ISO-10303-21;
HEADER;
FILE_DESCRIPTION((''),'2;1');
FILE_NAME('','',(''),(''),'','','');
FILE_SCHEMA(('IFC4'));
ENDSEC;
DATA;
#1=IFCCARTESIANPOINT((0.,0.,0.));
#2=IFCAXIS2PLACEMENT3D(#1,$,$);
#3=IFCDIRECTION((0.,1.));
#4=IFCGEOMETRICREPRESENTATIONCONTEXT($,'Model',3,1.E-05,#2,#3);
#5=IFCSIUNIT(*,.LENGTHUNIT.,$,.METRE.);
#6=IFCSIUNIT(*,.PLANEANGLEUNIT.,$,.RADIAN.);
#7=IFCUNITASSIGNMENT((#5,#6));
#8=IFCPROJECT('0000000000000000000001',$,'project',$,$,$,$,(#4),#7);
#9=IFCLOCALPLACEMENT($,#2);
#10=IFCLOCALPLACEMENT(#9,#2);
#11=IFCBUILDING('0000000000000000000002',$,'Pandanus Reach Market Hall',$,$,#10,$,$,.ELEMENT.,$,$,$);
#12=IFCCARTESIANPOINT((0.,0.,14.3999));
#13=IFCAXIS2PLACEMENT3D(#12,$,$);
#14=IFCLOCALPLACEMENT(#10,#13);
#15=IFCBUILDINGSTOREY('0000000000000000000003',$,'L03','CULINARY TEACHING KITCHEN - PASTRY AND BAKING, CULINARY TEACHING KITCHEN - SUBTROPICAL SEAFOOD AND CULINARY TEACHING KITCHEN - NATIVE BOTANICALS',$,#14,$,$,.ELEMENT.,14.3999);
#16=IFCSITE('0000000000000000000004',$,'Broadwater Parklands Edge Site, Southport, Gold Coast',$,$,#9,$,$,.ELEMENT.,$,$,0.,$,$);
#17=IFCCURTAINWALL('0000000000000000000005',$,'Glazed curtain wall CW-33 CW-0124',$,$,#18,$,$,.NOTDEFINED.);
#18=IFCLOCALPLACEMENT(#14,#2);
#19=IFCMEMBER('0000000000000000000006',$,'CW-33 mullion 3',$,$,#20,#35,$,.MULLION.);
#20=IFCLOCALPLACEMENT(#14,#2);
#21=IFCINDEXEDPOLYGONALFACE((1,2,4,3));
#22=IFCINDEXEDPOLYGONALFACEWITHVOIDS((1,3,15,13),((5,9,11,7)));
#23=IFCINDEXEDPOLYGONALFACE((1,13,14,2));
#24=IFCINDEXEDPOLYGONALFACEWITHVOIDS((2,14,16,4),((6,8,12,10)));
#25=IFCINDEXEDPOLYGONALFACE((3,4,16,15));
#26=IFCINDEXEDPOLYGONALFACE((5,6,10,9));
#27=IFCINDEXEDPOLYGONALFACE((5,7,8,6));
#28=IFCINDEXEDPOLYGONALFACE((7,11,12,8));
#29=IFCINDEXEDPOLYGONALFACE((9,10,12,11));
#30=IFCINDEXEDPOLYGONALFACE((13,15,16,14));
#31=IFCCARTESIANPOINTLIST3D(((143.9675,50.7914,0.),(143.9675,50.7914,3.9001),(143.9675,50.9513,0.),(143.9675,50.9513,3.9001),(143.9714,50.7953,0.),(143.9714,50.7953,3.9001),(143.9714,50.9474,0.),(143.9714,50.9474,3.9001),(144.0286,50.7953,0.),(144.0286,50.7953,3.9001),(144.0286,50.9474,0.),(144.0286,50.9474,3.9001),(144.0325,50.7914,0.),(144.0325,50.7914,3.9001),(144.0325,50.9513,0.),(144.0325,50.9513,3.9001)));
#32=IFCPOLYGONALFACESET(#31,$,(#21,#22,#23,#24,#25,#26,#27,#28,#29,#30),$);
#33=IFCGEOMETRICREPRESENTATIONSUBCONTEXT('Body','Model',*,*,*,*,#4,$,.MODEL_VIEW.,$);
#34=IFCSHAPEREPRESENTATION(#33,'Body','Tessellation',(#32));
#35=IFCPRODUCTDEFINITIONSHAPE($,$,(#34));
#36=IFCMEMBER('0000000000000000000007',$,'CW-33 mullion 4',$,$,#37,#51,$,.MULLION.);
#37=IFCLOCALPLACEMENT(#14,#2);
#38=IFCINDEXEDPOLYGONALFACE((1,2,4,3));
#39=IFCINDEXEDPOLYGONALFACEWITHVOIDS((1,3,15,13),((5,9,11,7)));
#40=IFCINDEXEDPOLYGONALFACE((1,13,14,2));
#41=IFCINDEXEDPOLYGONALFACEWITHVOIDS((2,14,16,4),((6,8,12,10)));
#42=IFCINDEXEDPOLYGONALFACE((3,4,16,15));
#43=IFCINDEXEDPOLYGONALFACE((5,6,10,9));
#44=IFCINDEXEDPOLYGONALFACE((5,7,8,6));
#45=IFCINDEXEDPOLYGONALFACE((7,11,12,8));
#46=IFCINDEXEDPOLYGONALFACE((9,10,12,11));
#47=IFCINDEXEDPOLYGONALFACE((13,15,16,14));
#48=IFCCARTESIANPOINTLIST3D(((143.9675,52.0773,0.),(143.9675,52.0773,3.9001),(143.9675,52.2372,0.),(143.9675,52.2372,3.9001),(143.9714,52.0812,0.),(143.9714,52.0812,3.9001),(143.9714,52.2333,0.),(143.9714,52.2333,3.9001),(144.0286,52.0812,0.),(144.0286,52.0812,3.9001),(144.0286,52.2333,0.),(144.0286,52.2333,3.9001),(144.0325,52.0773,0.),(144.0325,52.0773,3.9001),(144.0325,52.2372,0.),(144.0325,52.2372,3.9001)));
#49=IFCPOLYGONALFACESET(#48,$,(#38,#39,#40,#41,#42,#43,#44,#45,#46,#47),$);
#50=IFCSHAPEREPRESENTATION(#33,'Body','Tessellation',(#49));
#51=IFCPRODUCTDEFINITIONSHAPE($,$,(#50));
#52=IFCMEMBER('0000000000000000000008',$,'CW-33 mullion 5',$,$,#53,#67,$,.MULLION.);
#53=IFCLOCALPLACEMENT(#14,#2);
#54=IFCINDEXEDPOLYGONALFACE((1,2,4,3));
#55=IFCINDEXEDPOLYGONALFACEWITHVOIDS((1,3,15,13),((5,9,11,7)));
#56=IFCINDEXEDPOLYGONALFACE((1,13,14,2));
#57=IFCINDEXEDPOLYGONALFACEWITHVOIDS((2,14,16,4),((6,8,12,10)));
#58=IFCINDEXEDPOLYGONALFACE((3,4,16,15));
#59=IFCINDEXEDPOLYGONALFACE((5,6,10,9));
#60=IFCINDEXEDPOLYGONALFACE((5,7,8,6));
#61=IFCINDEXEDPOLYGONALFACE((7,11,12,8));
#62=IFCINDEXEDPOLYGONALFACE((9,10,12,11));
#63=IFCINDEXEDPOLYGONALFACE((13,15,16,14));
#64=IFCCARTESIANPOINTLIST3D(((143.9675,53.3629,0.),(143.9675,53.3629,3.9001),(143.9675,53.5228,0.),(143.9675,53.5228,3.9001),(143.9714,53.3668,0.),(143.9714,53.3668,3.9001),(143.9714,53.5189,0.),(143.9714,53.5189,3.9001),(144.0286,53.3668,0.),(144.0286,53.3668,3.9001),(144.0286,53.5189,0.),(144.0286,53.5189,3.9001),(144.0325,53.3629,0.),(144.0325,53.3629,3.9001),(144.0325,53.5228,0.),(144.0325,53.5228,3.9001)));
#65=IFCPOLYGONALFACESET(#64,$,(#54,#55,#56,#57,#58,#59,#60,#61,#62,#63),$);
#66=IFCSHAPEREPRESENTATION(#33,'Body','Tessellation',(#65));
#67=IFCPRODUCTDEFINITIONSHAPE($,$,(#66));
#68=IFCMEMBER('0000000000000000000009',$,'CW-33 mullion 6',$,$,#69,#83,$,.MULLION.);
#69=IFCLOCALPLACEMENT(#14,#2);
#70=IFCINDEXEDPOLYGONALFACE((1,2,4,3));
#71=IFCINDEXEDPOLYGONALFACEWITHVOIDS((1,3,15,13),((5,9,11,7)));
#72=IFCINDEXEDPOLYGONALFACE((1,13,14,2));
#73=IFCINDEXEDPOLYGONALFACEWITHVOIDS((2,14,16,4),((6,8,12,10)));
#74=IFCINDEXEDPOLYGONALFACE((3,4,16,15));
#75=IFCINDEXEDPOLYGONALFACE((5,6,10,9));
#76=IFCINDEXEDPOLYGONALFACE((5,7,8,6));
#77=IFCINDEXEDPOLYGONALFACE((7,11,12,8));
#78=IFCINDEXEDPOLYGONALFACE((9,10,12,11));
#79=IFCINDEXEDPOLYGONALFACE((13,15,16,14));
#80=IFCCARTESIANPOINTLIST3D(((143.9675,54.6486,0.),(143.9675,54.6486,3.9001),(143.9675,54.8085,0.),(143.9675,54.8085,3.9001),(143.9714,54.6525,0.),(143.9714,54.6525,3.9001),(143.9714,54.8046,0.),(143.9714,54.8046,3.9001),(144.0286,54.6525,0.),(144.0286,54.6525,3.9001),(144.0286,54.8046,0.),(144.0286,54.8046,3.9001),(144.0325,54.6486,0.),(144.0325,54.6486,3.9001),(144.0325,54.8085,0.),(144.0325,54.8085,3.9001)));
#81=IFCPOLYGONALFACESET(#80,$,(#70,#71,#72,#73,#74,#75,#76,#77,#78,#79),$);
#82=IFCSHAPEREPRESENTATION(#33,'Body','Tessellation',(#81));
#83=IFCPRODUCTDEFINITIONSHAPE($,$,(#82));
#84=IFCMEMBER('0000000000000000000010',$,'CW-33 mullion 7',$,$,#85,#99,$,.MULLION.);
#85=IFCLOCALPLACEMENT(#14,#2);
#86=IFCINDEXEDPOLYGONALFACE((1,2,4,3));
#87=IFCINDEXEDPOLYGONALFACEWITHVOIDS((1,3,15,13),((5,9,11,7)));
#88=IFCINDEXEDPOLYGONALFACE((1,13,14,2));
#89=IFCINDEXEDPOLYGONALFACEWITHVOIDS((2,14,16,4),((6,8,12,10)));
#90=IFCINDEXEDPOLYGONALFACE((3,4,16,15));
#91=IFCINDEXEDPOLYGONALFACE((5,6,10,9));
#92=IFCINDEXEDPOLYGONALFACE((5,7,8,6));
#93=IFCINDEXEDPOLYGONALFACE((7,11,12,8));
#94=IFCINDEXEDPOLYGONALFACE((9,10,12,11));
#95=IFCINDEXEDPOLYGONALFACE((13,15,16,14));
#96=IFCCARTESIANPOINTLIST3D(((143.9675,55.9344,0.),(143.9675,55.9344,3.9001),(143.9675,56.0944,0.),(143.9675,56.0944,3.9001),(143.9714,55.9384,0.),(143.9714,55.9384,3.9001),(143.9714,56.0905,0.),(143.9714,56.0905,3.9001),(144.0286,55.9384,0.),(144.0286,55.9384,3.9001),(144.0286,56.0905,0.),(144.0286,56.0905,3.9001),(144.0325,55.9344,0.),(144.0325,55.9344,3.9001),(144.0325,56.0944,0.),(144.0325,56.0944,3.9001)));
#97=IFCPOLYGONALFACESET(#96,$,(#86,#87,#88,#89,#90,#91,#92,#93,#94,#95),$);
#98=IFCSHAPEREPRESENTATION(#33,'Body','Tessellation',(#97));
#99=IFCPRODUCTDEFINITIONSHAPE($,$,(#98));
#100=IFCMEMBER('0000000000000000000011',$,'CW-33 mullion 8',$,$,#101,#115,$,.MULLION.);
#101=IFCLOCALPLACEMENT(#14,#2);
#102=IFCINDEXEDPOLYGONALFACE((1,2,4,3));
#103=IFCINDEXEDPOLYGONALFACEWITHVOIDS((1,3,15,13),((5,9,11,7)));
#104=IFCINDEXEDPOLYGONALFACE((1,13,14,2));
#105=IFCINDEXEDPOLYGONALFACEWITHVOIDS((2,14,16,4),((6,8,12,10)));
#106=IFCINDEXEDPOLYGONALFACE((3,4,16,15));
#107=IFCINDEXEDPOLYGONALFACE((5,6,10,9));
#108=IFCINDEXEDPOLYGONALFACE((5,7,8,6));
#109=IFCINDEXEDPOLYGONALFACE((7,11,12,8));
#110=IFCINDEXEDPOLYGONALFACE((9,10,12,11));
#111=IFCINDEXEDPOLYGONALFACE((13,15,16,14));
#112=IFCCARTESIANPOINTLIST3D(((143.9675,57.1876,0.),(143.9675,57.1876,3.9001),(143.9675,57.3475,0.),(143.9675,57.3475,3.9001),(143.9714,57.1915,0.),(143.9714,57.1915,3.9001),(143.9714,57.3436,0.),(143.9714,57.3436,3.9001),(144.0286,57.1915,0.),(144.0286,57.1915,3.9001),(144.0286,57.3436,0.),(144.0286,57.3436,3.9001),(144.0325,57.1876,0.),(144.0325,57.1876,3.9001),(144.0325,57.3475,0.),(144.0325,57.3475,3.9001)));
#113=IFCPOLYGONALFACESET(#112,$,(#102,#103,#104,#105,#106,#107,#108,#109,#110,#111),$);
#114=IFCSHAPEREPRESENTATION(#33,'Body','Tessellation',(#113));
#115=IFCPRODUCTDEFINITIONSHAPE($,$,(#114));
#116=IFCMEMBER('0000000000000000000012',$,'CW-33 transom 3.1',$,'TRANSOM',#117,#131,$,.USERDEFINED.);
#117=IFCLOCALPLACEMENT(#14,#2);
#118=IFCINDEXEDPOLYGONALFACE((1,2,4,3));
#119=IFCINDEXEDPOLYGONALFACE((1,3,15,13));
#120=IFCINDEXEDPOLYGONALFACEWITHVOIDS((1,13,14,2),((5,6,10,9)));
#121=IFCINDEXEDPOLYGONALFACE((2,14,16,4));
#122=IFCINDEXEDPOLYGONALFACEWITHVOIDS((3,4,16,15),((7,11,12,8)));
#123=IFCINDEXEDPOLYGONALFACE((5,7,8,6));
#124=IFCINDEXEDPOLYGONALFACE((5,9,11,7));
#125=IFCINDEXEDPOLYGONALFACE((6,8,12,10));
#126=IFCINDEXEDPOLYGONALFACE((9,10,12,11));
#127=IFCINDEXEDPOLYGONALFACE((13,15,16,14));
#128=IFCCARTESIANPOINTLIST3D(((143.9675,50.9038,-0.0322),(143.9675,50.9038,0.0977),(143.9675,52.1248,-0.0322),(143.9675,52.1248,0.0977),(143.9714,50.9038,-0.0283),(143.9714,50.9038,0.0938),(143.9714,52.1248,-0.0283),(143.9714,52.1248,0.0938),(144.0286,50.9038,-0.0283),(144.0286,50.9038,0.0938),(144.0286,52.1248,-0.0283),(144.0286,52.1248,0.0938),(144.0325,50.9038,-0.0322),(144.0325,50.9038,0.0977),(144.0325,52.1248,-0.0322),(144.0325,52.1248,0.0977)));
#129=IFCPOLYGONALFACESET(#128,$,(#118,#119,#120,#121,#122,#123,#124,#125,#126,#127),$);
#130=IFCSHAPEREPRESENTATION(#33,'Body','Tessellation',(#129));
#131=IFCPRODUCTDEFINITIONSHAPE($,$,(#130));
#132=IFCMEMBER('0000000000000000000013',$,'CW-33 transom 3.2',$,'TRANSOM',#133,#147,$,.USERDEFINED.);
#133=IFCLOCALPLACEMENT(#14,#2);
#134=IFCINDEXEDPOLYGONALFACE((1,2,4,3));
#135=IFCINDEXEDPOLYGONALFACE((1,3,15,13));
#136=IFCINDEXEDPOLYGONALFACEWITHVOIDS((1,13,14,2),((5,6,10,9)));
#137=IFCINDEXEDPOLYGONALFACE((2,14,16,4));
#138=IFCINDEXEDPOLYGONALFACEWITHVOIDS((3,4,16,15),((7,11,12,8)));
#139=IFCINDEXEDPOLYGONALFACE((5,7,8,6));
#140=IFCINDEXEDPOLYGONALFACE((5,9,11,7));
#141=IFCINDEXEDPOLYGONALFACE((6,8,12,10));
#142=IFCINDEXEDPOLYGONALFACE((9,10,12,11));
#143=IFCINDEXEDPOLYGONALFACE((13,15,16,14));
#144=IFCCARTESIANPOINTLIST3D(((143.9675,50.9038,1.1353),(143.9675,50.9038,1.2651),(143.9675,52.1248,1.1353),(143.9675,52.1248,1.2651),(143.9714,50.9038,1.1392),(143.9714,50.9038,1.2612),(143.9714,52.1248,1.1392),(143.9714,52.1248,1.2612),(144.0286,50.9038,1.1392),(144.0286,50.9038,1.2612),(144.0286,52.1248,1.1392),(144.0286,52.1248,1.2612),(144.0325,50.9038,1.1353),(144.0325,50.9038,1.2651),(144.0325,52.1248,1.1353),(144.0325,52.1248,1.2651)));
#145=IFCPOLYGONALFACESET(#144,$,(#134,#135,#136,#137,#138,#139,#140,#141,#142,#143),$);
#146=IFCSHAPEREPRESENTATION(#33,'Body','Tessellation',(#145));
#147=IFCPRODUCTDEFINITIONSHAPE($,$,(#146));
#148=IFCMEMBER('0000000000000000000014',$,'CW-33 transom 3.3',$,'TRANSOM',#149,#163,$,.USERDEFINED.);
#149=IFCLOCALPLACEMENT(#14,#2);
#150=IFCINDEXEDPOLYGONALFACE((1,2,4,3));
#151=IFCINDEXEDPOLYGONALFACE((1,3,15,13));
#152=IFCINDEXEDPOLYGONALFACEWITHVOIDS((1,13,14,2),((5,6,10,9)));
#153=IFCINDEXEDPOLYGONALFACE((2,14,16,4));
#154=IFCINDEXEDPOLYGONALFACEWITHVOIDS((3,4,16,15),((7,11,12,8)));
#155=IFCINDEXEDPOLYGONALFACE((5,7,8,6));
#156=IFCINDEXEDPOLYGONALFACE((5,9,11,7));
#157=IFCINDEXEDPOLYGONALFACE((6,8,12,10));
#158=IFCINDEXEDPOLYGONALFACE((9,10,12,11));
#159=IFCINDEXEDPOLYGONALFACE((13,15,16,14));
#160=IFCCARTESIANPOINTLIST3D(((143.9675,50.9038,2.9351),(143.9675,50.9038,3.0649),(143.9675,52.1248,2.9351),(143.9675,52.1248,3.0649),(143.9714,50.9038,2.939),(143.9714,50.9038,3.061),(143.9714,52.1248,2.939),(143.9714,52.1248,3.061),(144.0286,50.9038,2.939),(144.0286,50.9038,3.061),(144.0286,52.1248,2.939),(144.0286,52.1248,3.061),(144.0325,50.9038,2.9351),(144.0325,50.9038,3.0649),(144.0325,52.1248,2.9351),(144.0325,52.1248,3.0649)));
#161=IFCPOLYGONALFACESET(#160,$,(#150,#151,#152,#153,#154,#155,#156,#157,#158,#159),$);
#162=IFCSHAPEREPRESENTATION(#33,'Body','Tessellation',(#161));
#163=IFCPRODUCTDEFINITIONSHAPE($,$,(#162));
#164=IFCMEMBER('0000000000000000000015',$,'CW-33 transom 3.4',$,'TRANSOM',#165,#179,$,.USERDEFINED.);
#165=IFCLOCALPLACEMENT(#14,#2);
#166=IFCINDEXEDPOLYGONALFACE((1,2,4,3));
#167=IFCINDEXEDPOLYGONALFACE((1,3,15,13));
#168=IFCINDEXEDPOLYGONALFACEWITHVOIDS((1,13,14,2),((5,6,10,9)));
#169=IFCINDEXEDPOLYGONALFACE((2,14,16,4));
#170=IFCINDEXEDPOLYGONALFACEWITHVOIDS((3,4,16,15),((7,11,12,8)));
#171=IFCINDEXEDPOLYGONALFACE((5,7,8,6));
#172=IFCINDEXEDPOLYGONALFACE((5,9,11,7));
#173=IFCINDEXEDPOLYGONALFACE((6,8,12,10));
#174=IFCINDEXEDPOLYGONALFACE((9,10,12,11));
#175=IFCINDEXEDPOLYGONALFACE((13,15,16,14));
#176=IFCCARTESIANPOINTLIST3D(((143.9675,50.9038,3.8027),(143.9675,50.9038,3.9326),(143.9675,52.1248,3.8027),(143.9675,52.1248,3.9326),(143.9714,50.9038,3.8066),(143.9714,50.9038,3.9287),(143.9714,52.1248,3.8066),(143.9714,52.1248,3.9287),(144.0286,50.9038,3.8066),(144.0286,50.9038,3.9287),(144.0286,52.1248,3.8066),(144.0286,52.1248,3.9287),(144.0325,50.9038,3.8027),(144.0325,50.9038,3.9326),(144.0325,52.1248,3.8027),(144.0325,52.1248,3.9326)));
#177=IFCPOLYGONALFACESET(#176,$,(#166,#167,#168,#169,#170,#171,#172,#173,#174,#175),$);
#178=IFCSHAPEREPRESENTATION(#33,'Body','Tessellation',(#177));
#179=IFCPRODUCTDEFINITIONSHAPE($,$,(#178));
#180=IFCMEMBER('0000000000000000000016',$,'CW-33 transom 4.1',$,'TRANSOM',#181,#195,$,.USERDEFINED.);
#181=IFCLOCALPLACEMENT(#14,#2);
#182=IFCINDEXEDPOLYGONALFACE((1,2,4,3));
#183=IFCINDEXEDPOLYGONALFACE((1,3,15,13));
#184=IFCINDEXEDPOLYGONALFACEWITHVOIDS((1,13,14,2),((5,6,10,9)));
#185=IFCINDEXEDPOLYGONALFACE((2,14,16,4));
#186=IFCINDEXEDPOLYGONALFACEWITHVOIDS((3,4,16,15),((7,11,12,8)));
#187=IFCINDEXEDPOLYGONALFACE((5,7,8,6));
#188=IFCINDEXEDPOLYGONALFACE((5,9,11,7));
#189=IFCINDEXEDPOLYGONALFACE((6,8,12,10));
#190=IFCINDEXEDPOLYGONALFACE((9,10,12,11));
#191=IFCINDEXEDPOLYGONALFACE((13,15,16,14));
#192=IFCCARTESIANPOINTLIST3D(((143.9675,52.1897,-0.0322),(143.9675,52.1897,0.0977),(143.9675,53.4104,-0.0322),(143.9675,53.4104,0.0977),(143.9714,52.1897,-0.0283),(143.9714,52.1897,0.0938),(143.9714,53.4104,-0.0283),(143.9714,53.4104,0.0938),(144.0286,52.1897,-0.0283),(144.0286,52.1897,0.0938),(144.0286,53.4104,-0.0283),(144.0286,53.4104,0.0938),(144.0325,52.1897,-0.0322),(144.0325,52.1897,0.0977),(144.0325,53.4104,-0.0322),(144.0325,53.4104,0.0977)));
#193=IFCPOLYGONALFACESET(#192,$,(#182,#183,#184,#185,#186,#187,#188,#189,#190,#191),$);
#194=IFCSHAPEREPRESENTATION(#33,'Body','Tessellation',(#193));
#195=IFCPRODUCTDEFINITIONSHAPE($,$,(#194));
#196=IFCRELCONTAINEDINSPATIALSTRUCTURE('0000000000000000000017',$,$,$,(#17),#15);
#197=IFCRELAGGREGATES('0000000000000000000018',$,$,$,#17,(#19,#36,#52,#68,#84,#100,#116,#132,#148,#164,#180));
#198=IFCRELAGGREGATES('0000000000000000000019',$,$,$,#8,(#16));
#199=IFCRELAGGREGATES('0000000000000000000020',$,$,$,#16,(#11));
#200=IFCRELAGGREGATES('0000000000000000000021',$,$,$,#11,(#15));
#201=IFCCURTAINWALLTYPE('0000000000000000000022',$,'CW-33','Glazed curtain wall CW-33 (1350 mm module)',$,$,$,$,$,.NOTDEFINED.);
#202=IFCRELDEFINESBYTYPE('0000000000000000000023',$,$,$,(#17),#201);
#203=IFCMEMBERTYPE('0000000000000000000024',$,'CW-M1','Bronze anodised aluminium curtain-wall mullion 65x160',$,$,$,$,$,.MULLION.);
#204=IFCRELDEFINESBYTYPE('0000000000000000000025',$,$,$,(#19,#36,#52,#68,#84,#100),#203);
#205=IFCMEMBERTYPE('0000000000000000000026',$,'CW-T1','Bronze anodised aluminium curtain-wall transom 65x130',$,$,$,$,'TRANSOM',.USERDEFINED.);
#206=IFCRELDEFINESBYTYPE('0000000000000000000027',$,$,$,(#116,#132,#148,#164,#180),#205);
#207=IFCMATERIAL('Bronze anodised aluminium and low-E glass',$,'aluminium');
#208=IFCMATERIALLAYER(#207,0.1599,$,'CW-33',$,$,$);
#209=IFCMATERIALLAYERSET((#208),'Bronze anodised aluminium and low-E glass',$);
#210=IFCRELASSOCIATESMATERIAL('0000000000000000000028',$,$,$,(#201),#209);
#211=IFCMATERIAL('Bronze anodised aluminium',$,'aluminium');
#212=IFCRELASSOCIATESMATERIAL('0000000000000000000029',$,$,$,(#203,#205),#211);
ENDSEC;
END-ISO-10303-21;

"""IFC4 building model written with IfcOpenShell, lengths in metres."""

from ifc_helpers import new_model, si_unit, direction, frame, origin, origin_2d, place, context, subcontext, project, spatial, hollow_rectangle, extrude, material, layer, layer_set, material_profile, profile_set, type_object, element, aggregate, save


model = new_model("IFC4")

# Units and contexts
model_context = context("Model", 3, precision=1e-05, world=origin(), true_north=direction((0.0, 1.0)))
body_context = subcontext(model_context, "Body", "Model", "MODEL_VIEW")
ifc_project = project(units=[si_unit("LENGTHUNIT", "METRE"), si_unit("PLANEANGLEUNIT", "RADIAN")], contexts=[model_context])

# Site, building, storey
site_placement = place(None, origin())
site = spatial("IfcSite", under=ifc_project, at=site_placement, Name="Broadwater Parklands Edge Site, Southport, Gold Coast", CompositionType="ELEMENT", RefElevation=0.0)
building_placement = place(site_placement, origin())
building = spatial("IfcBuilding", under=site, at=building_placement, Name="Pandanus Reach Market Hall", CompositionType="ELEMENT")
storey_placement = place(building_placement, frame((0.0, 0.0, 14.3999)))
storey = spatial("IfcBuildingStorey", under=building, at=storey_placement, Name="L03", Description="CULINARY TEACHING KITCHEN - PASTRY AND BAKING, CULINARY TEACHING KITCHEN - SUBTROPICAL SEAFOOD AND CULINARY TEACHING KITCHEN - NATIVE BOTANICALS", CompositionType="ELEMENT", Elevation=14.3999)

# Curtain wall, members
ifc_material_1 = material(Name="Bronze anodised aluminium and low-E glass", Category="aluminium")
ifc_layer_1 = layer(ifc_material_1, 0.1599, Name="CW-33")
ifc_layer_set_1 = layer_set([ifc_layer_1], Name="Bronze anodised aluminium and low-E glass")
curtain_wall_type = type_object("IfcCurtainWallType", Name="CW-33", Description="Glazed curtain wall CW-33 (1350 mm module)", PredefinedType="NOTDEFINED", material=ifc_layer_set_1)
curtain_wall_placement = place(storey_placement, origin())
curtain_wall = element("IfcCurtainWall", 1, at=curtain_wall_placement, inside=storey, type_object=curtain_wall_type, Name="Glazed curtain wall CW-33 CW-0124", PredefinedType="NOTDEFINED")
ifc_material_2 = material(Name="Bronze anodised aluminium", Category="aluminium")
ifc_material_profile_1 = material_profile(ifc_material_2, hollow_rectangle(XDim=0.0649, YDim=0.1599, WallThickness=0.0039, at=origin_2d()), Name="ALU65x160", Category="LoadBearing")
ifc_profile_set_1 = profile_set([ifc_material_profile_1], Name="Bronze anodised aluminium")
member_type_1 = type_object("IfcMemberType", Name="CW-M1", Description="Bronze anodised aluminium curtain-wall mullion 65x160", PredefinedType="MULLION", material=ifc_profile_set_1)
member_1_placement = place(storey_placement, frame((144.0, 50.8713, 0.0), z_axis=(0.0, 0.0, 1.0), x_axis=(-1.0, 0.0, 0.0)))
member_1 = element("IfcMember", 2, at=member_1_placement, type_object=member_type_1, Name="CW-33 mullion 3", PredefinedType="MULLION", context=body_context, shape_type="SweptSolid", body=[
    extrude(hollow_rectangle(XDim=0.0649, YDim=0.1599, WallThickness=0.0039, at=origin_2d()), origin(), (0.0, 0.0, 1.0), 3.9001),
])
member_2_placement = place(storey_placement, frame((144.0, 52.1572, 0.0), z_axis=(0.0, 0.0, 1.0), x_axis=(-1.0, 0.0, 0.0)))
member_2 = element("IfcMember", 3, at=member_2_placement, type_object=member_type_1, Name="CW-33 mullion 4", PredefinedType="MULLION", context=body_context, shape_type="SweptSolid", body=[
    extrude(hollow_rectangle(XDim=0.0649, YDim=0.1599, WallThickness=0.0039, at=origin_2d()), origin(), (0.0, 0.0, 1.0), 3.9001),
])
member_3_placement = place(storey_placement, frame((144.0, 53.4429, 0.0), z_axis=(0.0, 0.0, 1.0), x_axis=(-1.0, 0.0, 0.0)))
member_3 = element("IfcMember", 4, at=member_3_placement, type_object=member_type_1, Name="CW-33 mullion 5", PredefinedType="MULLION", context=body_context, shape_type="SweptSolid", body=[
    extrude(hollow_rectangle(XDim=0.0649, YDim=0.1599, WallThickness=0.0039, at=origin_2d()), origin(), (0.0, 0.0, 1.0), 3.9001),
])
member_4_placement = place(storey_placement, frame((144.0, 54.7285, 0.0), z_axis=(0.0, 0.0, 1.0), x_axis=(-1.0, 0.0, 0.0)))
member_4 = element("IfcMember", 5, at=member_4_placement, type_object=member_type_1, Name="CW-33 mullion 6", PredefinedType="MULLION", context=body_context, shape_type="SweptSolid", body=[
    extrude(hollow_rectangle(XDim=0.0649, YDim=0.1599, WallThickness=0.0039, at=origin_2d()), origin(), (0.0, 0.0, 1.0), 3.9001),
])
member_5_placement = place(storey_placement, frame((144.0, 56.0144, 0.0), z_axis=(0.0, 0.0, 1.0), x_axis=(-1.0, 0.0, 0.0)))
member_5 = element("IfcMember", 6, at=member_5_placement, type_object=member_type_1, Name="CW-33 mullion 7", PredefinedType="MULLION", context=body_context, shape_type="SweptSolid", body=[
    extrude(hollow_rectangle(XDim=0.0649, YDim=0.1599, WallThickness=0.0039, at=origin_2d()), origin(), (0.0, 0.0, 1.0), 3.9001),
])
member_6_placement = place(storey_placement, frame((144.0, 57.2676, 0.0), z_axis=(0.0, 0.0, 1.0), x_axis=(-1.0, 0.0, 0.0)))
member_6 = element("IfcMember", 7, at=member_6_placement, type_object=member_type_1, Name="CW-33 mullion 8", PredefinedType="MULLION", context=body_context, shape_type="SweptSolid", body=[
    extrude(hollow_rectangle(XDim=0.0649, YDim=0.1599, WallThickness=0.0039, at=origin_2d()), origin(), (0.0, 0.0, 1.0), 3.9001),
])
ifc_material_profile_2 = material_profile(ifc_material_2, hollow_rectangle(XDim=0.0649, YDim=0.1299, WallThickness=0.0039, at=origin_2d()), Name="ALU65x130", Category="LoadBearing")
ifc_profile_set_2 = profile_set([ifc_material_profile_2], Name="Bronze anodised aluminium")
member_type_2 = type_object("IfcMemberType", Name="CW-T1", Description="Bronze anodised aluminium curtain-wall transom 65x130", ElementType="TRANSOM", PredefinedType="USERDEFINED", material=ifc_profile_set_2)
member_7_placement = place(storey_placement, frame((144.0, 50.9038, 0.0327), z_axis=(0.0, 1.0, 0.0), x_axis=(-1.0, 0.0, 0.0)))
member_7 = element("IfcMember", 8, at=member_7_placement, type_object=member_type_2, Name="CW-33 transom 3.1", ObjectType="TRANSOM", PredefinedType="USERDEFINED", context=body_context, shape_type="SweptSolid", body=[
    extrude(hollow_rectangle(XDim=0.0649, YDim=0.1299, WallThickness=0.0039, at=origin_2d()), origin(), (0.0, 0.0, 1.0), 1.2209),
])
member_8_placement = place(storey_placement, frame((144.0, 50.9038, 1.2002), z_axis=(0.0, 1.0, 0.0), x_axis=(-1.0, 0.0, 0.0)))
member_8 = element("IfcMember", 9, at=member_8_placement, type_object=member_type_2, Name="CW-33 transom 3.2", ObjectType="TRANSOM", PredefinedType="USERDEFINED", context=body_context, shape_type="SweptSolid", body=[
    extrude(hollow_rectangle(XDim=0.0649, YDim=0.1299, WallThickness=0.0039, at=origin_2d()), origin(), (0.0, 0.0, 1.0), 1.2209),
])
member_9_placement = place(storey_placement, frame((144.0, 50.9038, 3.0), z_axis=(0.0, 1.0, 0.0), x_axis=(-1.0, 0.0, 0.0)))
member_9 = element("IfcMember", 10, at=member_9_placement, type_object=member_type_2, Name="CW-33 transom 3.3", ObjectType="TRANSOM", PredefinedType="USERDEFINED", context=body_context, shape_type="SweptSolid", body=[
    extrude(hollow_rectangle(XDim=0.0649, YDim=0.1299, WallThickness=0.0039, at=origin_2d()), origin(), (0.0, 0.0, 1.0), 1.2209),
])
member_10_placement = place(storey_placement, frame((144.0, 50.9038, 3.8677), z_axis=(0.0, 1.0, 0.0), x_axis=(-1.0, 0.0, 0.0)))
member_10 = element("IfcMember", 11, at=member_10_placement, type_object=member_type_2, Name="CW-33 transom 3.4", ObjectType="TRANSOM", PredefinedType="USERDEFINED", context=body_context, shape_type="SweptSolid", body=[
    extrude(hollow_rectangle(XDim=0.0649, YDim=0.1299, WallThickness=0.0039, at=origin_2d()), origin(), (0.0, 0.0, 1.0), 1.2209),
])
member_11_placement = place(storey_placement, frame((144.0, 52.1897, 0.0327), z_axis=(0.0, 1.0, 0.0), x_axis=(-1.0, 0.0, 0.0)))
member_11 = element("IfcMember", 12, at=member_11_placement, type_object=member_type_2, Name="CW-33 transom 4.1", ObjectType="TRANSOM", PredefinedType="USERDEFINED", context=body_context, shape_type="SweptSolid", body=[
    extrude(hollow_rectangle(XDim=0.0649, YDim=0.1299, WallThickness=0.0039, at=origin_2d()), origin(), (0.0, 0.0, 1.0), 1.2207),
])
aggregate(curtain_wall, [member_1, member_2, member_3, member_4, member_5, member_6, member_7, member_8, member_9, member_10, member_11])

save(model, "model.ifc")
